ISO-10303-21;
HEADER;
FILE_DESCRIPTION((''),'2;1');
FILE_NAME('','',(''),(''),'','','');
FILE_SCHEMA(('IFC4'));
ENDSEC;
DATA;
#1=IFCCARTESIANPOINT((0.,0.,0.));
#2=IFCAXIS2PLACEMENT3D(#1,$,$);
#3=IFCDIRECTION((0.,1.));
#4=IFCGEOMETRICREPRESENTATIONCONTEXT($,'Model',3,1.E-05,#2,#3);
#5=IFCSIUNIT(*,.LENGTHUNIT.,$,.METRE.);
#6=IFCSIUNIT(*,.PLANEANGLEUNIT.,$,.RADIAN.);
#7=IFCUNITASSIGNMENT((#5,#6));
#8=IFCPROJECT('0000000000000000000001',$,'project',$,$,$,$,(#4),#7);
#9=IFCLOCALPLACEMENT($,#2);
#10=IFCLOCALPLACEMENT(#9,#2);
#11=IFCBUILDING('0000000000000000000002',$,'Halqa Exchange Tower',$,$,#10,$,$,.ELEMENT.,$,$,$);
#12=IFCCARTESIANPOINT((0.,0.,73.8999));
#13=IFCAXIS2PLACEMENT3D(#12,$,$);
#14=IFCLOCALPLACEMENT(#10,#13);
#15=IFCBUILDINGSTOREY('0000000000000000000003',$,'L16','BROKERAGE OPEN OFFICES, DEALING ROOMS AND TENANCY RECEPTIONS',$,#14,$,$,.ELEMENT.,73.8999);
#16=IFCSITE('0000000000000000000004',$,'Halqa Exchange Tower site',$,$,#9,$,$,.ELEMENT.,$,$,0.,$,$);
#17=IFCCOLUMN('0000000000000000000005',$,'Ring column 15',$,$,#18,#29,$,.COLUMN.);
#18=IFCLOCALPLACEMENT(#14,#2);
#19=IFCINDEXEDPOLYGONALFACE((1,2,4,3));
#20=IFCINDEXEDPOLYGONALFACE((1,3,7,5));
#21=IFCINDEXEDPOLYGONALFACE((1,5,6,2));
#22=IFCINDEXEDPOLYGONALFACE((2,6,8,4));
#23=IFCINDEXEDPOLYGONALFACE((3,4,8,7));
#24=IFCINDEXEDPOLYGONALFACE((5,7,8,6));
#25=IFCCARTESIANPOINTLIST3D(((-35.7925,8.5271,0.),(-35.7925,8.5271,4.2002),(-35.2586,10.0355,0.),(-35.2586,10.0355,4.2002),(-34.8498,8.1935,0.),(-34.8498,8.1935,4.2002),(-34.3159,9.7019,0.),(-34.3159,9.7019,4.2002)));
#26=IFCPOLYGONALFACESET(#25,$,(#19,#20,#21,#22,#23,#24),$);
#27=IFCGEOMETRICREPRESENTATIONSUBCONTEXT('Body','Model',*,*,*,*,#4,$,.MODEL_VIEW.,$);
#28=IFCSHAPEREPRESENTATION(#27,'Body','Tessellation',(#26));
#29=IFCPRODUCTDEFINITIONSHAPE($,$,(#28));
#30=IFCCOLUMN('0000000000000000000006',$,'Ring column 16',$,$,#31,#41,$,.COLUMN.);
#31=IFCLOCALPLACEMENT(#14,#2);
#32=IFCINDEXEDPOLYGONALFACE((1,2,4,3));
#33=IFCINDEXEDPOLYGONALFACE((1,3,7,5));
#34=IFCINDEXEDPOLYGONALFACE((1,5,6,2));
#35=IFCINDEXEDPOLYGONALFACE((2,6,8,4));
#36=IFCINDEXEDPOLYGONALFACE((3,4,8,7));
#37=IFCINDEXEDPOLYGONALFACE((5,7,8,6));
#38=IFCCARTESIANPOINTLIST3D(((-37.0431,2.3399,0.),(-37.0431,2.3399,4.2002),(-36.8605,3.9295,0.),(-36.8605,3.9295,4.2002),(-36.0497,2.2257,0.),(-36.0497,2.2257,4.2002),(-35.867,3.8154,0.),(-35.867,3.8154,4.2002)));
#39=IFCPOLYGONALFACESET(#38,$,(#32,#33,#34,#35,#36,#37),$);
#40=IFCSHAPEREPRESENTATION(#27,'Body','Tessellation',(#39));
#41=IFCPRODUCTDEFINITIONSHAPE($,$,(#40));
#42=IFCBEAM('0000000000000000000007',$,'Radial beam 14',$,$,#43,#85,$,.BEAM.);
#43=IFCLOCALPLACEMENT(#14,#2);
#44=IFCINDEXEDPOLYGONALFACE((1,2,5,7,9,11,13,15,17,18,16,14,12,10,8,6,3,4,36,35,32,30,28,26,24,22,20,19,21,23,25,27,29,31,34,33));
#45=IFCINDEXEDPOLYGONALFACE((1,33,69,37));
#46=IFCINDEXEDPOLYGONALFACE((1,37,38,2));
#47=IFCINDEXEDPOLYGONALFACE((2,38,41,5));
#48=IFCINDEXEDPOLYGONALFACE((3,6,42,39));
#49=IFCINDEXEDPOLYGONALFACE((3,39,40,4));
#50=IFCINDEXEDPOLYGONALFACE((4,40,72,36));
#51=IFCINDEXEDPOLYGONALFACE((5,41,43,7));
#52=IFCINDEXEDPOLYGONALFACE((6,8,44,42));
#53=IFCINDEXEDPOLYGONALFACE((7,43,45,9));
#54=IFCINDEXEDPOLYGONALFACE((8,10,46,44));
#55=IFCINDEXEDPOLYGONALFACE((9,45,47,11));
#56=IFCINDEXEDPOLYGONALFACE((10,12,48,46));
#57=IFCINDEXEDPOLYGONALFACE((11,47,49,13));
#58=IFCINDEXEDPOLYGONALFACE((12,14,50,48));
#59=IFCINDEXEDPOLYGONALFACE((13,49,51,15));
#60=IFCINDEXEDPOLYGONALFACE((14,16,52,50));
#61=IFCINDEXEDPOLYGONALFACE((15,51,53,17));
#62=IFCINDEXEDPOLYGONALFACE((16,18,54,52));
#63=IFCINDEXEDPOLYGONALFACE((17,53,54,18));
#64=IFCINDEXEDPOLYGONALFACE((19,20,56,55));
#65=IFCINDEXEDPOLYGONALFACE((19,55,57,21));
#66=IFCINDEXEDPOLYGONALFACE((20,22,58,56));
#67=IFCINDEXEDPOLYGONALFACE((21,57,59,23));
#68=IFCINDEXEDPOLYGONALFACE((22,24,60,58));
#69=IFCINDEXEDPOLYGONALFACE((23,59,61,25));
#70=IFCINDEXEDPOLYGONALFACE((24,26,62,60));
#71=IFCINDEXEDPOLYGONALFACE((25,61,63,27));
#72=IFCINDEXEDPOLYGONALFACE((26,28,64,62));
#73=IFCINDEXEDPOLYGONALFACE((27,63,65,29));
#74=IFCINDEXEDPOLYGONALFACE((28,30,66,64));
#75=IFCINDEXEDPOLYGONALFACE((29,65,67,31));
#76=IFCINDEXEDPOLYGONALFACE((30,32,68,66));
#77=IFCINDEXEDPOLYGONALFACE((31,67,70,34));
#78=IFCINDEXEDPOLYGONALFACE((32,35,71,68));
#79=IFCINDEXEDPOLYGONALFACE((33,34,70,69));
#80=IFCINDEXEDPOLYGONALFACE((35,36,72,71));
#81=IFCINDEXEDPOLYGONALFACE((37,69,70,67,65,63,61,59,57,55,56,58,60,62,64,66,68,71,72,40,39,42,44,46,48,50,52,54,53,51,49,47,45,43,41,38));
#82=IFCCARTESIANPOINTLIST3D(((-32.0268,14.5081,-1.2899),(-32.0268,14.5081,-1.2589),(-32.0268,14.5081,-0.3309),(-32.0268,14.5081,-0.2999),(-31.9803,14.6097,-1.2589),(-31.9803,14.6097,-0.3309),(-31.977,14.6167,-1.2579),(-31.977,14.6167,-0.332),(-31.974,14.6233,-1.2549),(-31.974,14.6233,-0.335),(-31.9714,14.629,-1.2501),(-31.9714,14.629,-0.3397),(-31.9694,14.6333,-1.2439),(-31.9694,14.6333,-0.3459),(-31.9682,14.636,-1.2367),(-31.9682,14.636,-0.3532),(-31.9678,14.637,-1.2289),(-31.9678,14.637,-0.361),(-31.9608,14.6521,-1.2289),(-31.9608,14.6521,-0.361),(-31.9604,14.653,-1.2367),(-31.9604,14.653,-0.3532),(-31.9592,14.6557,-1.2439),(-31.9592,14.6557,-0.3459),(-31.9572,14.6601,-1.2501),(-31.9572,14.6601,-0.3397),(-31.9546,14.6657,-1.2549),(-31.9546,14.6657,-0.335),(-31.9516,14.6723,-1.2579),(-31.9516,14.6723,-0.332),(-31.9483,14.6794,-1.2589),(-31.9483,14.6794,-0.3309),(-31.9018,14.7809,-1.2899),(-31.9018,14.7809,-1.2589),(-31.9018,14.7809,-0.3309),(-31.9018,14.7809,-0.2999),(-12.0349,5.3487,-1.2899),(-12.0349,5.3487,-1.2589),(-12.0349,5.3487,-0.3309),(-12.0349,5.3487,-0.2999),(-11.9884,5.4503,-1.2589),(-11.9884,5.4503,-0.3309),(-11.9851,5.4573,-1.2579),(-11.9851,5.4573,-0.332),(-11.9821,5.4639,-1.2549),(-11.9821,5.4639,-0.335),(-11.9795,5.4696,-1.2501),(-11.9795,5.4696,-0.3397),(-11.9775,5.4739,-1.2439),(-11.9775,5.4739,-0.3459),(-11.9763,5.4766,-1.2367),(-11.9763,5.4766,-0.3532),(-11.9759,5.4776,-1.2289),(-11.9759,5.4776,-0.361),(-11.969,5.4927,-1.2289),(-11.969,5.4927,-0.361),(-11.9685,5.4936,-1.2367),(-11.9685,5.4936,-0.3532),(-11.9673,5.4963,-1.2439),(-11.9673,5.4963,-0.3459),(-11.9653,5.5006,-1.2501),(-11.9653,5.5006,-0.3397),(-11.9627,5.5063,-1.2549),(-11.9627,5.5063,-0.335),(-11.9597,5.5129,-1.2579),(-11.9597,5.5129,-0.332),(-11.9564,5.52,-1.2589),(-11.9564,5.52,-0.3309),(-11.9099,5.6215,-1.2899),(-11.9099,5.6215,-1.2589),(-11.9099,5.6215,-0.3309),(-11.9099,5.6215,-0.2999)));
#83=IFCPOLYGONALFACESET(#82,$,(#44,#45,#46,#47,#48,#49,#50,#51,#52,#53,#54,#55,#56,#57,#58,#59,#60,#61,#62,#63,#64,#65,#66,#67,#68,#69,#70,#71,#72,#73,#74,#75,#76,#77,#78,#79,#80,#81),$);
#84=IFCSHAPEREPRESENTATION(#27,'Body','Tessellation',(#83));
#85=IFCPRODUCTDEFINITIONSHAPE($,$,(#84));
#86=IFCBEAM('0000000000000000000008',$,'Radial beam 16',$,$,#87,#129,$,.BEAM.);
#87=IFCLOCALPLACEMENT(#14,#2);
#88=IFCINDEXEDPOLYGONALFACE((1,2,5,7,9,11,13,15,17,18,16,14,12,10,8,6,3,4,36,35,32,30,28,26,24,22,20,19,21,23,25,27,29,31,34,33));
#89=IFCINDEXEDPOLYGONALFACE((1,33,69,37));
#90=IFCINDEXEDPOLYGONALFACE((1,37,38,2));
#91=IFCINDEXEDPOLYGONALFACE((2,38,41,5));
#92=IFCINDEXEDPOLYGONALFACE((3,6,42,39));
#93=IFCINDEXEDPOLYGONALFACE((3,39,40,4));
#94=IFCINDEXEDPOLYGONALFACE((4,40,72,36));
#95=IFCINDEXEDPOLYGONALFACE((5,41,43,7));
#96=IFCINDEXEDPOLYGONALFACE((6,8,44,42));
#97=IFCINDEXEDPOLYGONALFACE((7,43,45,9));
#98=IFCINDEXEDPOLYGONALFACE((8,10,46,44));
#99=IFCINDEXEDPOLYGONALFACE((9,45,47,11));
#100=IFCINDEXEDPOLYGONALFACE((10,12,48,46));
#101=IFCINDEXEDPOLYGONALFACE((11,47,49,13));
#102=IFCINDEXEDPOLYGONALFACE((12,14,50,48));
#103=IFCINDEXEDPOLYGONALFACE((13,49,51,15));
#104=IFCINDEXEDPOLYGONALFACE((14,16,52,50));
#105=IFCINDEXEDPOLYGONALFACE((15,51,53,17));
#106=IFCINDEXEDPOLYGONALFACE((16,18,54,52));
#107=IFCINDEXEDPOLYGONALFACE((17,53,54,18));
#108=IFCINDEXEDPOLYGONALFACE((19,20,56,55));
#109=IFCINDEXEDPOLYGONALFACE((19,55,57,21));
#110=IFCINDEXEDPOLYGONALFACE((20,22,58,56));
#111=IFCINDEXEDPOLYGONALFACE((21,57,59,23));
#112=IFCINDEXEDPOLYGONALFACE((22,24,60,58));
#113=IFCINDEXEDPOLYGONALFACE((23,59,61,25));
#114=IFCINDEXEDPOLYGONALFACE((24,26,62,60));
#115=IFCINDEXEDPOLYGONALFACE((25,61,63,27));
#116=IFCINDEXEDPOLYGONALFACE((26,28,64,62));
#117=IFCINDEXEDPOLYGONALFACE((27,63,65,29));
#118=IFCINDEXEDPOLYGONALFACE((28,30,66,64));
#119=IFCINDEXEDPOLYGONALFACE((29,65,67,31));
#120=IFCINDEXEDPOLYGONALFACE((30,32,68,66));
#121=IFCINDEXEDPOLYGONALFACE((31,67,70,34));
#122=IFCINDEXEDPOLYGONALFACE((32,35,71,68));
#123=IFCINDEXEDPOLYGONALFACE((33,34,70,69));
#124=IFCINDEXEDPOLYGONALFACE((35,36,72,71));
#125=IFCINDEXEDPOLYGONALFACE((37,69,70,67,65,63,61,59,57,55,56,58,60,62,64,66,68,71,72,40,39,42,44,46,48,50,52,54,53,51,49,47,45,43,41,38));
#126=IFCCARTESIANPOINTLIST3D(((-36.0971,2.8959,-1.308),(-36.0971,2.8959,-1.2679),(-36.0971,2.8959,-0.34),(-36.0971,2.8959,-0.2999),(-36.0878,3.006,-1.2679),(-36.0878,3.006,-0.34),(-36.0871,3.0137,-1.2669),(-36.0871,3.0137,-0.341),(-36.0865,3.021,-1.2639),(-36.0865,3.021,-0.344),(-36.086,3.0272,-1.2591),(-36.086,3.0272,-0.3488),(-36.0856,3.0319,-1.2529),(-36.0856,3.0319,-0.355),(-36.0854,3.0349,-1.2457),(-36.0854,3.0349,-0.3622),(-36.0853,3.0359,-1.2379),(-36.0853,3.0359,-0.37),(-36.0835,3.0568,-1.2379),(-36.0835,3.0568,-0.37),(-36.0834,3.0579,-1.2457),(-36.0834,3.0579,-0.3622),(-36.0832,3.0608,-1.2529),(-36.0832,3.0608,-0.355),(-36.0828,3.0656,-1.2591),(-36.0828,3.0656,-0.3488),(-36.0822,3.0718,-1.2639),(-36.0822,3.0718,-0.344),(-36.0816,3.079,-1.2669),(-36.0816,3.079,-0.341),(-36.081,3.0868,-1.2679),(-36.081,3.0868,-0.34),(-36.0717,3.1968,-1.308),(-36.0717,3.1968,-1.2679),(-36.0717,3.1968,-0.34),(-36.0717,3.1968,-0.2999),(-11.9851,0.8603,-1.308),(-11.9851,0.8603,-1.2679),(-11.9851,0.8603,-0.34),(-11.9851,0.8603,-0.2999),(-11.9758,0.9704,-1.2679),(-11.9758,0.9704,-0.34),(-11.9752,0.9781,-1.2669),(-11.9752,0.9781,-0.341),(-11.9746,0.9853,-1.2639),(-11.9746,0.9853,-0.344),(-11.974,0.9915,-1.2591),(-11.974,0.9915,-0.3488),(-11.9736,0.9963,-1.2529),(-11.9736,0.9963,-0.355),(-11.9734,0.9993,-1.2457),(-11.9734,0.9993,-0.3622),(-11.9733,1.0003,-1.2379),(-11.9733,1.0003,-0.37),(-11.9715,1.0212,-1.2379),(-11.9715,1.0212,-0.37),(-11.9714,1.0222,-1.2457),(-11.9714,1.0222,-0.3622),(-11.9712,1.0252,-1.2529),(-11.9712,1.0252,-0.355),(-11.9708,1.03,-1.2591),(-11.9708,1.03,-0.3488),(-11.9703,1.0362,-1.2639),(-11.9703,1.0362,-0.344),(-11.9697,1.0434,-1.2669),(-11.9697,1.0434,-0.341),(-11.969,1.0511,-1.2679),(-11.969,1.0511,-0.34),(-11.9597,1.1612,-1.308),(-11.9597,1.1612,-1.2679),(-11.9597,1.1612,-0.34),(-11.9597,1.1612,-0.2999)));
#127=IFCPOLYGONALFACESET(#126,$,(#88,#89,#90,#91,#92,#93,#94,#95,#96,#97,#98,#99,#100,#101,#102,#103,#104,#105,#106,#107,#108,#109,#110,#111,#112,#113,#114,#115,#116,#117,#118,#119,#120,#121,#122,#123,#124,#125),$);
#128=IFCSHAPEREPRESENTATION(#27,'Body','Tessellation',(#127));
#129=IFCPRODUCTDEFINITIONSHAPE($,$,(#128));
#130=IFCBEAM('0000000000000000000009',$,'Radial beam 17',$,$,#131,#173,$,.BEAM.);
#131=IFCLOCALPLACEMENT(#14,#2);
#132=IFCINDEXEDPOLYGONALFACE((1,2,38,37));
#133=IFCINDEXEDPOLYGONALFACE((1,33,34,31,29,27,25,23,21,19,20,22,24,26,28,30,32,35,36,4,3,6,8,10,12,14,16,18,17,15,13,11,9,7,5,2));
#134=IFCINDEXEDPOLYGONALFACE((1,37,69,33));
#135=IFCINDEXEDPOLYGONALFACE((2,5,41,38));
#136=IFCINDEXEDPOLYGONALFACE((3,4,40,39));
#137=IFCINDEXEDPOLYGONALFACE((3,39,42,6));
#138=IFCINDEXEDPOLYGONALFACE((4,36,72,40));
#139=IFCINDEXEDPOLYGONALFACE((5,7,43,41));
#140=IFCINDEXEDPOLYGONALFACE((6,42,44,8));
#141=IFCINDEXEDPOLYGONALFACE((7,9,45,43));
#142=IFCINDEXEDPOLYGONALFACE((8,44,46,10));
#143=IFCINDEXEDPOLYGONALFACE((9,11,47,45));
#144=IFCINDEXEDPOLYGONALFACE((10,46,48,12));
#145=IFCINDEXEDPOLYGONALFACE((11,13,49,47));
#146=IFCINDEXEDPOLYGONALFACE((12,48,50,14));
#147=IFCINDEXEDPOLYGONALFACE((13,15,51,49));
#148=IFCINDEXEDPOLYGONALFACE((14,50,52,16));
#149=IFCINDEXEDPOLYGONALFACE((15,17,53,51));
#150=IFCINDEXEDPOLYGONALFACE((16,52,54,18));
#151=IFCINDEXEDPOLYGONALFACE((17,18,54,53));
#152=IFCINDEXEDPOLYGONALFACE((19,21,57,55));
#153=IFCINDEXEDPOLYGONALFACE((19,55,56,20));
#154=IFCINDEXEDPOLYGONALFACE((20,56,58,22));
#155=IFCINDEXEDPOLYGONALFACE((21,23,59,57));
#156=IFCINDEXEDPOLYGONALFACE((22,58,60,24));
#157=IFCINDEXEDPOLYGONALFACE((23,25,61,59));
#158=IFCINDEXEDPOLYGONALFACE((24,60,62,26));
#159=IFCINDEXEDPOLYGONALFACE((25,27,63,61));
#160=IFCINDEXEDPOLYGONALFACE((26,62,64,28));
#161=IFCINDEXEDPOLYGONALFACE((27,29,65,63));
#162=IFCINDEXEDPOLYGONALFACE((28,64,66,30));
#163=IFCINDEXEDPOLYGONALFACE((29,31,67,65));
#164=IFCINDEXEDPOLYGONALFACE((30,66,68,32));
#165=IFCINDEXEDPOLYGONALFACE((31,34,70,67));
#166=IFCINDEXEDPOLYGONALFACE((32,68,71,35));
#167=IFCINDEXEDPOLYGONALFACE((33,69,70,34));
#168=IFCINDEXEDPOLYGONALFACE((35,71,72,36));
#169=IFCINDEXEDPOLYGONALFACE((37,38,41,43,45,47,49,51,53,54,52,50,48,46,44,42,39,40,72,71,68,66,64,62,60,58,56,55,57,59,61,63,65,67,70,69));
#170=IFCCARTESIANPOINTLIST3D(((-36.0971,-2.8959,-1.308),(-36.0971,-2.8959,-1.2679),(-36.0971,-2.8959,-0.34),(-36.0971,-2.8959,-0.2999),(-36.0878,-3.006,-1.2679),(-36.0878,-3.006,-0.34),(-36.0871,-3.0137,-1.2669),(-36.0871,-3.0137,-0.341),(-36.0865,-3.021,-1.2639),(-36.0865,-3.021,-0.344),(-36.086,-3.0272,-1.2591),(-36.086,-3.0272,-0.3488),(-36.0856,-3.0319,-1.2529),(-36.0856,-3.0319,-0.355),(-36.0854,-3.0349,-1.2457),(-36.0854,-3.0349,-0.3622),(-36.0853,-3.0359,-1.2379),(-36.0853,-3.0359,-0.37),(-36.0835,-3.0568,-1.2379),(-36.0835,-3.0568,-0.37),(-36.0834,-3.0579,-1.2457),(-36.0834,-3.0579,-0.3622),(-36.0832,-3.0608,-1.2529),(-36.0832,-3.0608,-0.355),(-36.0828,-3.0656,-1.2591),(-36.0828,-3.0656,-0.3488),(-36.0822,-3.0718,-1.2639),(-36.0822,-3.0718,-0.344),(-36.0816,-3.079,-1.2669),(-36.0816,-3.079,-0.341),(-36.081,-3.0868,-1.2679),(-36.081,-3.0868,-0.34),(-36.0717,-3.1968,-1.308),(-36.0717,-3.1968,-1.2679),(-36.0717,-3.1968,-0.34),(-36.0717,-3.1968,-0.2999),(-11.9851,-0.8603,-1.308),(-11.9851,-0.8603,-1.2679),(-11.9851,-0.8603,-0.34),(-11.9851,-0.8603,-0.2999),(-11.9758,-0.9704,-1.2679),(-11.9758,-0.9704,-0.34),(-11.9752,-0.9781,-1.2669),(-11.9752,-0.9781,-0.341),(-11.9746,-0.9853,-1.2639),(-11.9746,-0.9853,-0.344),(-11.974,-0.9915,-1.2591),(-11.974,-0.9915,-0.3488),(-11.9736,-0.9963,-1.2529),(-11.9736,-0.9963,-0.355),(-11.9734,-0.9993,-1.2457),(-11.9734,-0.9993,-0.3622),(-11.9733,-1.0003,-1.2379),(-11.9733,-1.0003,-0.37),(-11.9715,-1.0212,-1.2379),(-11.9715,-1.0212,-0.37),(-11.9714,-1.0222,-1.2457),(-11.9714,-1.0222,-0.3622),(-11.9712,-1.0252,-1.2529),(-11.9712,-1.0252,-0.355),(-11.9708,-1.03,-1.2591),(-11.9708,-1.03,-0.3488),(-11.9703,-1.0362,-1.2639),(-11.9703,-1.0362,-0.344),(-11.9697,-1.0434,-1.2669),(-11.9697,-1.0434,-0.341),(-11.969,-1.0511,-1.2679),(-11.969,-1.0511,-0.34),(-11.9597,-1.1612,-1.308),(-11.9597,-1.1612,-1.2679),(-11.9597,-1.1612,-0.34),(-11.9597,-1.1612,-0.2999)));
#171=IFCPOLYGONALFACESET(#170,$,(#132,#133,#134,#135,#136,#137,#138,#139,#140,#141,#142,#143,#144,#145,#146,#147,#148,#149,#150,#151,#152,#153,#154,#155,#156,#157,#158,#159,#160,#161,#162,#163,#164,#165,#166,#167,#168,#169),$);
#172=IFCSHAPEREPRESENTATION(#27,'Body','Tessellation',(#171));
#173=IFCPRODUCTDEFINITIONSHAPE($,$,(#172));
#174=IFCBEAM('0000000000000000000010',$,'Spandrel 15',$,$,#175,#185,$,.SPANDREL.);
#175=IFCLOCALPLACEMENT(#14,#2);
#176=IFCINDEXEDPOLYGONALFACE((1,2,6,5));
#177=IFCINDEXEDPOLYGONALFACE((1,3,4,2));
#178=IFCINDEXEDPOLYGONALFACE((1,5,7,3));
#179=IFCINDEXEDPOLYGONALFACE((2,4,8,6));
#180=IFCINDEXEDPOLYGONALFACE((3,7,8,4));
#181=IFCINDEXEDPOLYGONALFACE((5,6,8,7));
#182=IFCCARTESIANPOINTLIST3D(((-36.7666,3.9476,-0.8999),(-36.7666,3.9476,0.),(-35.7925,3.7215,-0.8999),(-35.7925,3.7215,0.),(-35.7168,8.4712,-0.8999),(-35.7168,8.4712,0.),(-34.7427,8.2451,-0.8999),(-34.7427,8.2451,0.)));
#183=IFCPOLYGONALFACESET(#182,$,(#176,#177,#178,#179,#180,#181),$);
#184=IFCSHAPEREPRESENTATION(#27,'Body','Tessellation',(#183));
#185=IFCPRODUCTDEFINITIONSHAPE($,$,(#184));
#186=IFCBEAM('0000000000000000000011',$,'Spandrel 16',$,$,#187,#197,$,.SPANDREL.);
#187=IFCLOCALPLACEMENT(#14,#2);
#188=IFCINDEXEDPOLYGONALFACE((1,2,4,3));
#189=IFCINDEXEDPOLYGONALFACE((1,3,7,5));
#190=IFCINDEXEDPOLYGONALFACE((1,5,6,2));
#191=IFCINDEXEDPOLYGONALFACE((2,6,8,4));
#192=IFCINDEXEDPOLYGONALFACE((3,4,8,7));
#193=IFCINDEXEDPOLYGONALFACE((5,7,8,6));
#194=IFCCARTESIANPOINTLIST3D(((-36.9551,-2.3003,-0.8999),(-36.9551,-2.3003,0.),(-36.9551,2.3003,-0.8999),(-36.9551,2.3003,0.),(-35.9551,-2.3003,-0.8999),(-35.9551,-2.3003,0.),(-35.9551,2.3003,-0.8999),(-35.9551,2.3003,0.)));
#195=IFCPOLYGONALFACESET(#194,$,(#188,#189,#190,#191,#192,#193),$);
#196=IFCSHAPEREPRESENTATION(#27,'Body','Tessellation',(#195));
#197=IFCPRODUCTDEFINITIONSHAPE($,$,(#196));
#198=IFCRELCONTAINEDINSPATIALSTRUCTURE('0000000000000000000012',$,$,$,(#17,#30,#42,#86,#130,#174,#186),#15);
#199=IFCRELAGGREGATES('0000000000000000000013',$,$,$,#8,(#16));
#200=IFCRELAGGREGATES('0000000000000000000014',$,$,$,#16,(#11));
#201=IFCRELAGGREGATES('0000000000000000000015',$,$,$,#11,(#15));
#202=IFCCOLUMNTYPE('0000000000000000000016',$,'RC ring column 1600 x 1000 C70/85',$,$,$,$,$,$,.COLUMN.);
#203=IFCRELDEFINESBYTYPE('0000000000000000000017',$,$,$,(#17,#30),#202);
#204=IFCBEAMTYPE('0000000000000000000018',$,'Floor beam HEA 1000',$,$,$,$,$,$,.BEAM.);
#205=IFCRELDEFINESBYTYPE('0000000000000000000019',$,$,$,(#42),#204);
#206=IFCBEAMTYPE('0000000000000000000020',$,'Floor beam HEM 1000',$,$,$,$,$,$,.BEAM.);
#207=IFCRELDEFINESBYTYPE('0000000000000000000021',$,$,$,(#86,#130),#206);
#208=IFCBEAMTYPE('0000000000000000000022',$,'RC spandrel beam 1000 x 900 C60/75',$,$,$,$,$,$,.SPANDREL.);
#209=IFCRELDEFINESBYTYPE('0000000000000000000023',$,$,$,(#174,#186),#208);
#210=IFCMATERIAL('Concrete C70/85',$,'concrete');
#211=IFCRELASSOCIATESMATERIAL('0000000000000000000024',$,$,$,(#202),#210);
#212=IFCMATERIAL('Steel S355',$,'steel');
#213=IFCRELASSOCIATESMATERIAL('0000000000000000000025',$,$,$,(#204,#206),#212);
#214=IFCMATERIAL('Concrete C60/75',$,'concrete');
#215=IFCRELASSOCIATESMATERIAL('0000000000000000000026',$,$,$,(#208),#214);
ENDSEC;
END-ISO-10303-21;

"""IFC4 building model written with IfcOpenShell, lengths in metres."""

from ifc_helpers import new_model, si_unit, direction, frame, origin, origin_2d, place, context, subcontext, project, spatial, rectangle, i_section, extrude, material, material_profile, profile_set, type_object, element, save


model = new_model("IFC4")

# Units and contexts
model_context = context("Model", 3, precision=1e-05, world=origin(), true_north=direction((0.0, 1.0)))
body_context = subcontext(model_context, "Body", "Model", "MODEL_VIEW")
ifc_project = project(units=[si_unit("LENGTHUNIT", "METRE"), si_unit("PLANEANGLEUNIT", "RADIAN")], contexts=[model_context])

# Site, building, storey
site_placement = place(None, origin())
site = spatial("IfcSite", under=ifc_project, at=site_placement, Name="Halqa Exchange Tower site", CompositionType="ELEMENT", RefElevation=0.0)
building_placement = place(site_placement, origin())
building = spatial("IfcBuilding", under=site, at=building_placement, Name="Halqa Exchange Tower", CompositionType="ELEMENT")
storey_placement = place(building_placement, frame((0.0, 0.0, 73.8999)))
storey = spatial("IfcBuildingStorey", under=building, at=storey_placement, Name="L16", Description="BROKERAGE OPEN OFFICES, DEALING ROOMS AND TENANCY RECEPTIONS", CompositionType="ELEMENT", Elevation=73.8999)

# Columns
ifc_material_1 = material(Name="Concrete C70/85", Category="concrete")
ifc_material_profile_1 = material_profile(ifc_material_1, rectangle(XDim=1.6001, YDim=1.0, at=origin_2d()), Name="1600 x 1000")
ifc_profile_set_1 = profile_set([ifc_material_profile_1], Name="Concrete C70/85")
column_type = type_object("IfcColumnType", Name="RC ring column 1600 x 1000 C70/85", PredefinedType="COLUMN", material=ifc_profile_set_1)
for number, where, z_axis, x_axis, name in (
    (1, (-35.0542, 9.1145, 0.0), (0.0, 0.0, 1.0), (-0.333624, -0.942706, 0.0), "Ring column 15"),
    (2, (-36.4551, 3.0776, 0.0), (0.0, 0.0, 1.0), (-0.114152, -0.993463, 0.0), "Ring column 16"),
):
    element("IfcColumn", number, at=place(storey_placement, frame(where, z_axis=z_axis, x_axis=x_axis)), inside=storey, type_object=column_type, Name=name, PredefinedType="COLUMN", context=body_context, shape_type="SweptSolid", body=[
        extrude(rectangle(XDim=1.6001, YDim=1.0, at=origin_2d()), origin(), (0.0, 0.0, 1.0), 4.2002),
    ])

# Beams
ifc_material_2 = material(Name="Steel S355", Category="steel")
ifc_material_profile_2 = material_profile(ifc_material_2, i_section(OverallWidth=0.3, OverallDepth=0.99, WebThickness=0.0166, FlangeThickness=0.031, FilletRadius=0.03, at=origin_2d()), Name="HEA 1000")
ifc_profile_set_2 = profile_set([ifc_material_profile_2], Name="Steel S355")
beam_type_1 = type_object("IfcBeamType", Name="Floor beam HEA 1000", PredefinedType="BEAM", material=ifc_profile_set_2)
beam_1_placement = place(storey_placement, frame((-11.9724, 5.4851, -0.7949), z_axis=(-0.909126, 0.416521, 0.0), x_axis=(-0.416521, -0.909126, 0.0)))
element("IfcBeam", 3, at=beam_1_placement, inside=storey, type_object=beam_type_1, Name="Radial beam 14", PredefinedType="BEAM", context=body_context, shape_type="SweptSolid", body=[
    extrude(i_section(OverallWidth=0.3, OverallDepth=0.99, WebThickness=0.0166, FlangeThickness=0.031, FilletRadius=0.03, at=origin_2d()), origin(), (0.0, 0.0, 1.0), 21.9902),
])
ifc_material_profile_3 = material_profile(ifc_material_2, i_section(OverallWidth=0.302, OverallDepth=1.0081, WebThickness=0.021, FlangeThickness=0.04, FilletRadius=0.03, at=origin_2d()), Name="HEM 1000")
ifc_profile_set_3 = profile_set([ifc_material_profile_3], Name="Steel S355")
beam_type_2 = type_object("IfcBeamType", Name="Floor beam HEM 1000", PredefinedType="BEAM", material=ifc_profile_set_3)
for number, where, z_axis, x_axis, name in (
    (4, (-11.9724, 1.0107, -0.804), (-0.996455, 0.084125, 0.0), (-0.084125, -0.996455, 0.0), "Radial beam 16"),
    (5, (-11.9724, -1.0107, -0.804), (-0.996455, -0.084125, 0.0), (0.084125, -0.996455, 0.0), "Radial beam 17"),
):
    element("IfcBeam", number, at=place(storey_placement, frame(where, z_axis=z_axis, x_axis=x_axis)), inside=storey, type_object=beam_type_2, Name=name, PredefinedType="BEAM", context=body_context, shape_type="SweptSolid", body=[
        extrude(i_section(OverallWidth=0.302, OverallDepth=1.0081, WebThickness=0.021, FlangeThickness=0.04, FilletRadius=0.03, at=origin_2d()), origin(), (0.0, 0.0, 1.0), 24.1978),
    ])
ifc_material_3 = material(Name="Concrete C60/75", Category="concrete")
ifc_material_profile_4 = material_profile(ifc_material_3, rectangle(XDim=1.0, YDim=0.8999, at=origin_2d()), Name="1000 x 900")
ifc_profile_set_4 = profile_set([ifc_material_profile_4], Name="Concrete C60/75")
beam_type_3 = type_object("IfcBeamType", Name="RC spandrel beam 1000 x 900 C60/75", PredefinedType="SPANDREL", material=ifc_profile_set_4)
beam_2_placement = place(storey_placement, frame((-35.2297, 8.3582, -0.45), z_axis=(-0.226061, -0.974113, 0.0), x_axis=(0.974113, -0.226061, 0.0)))
element("IfcBeam", 6, at=beam_2_placement, inside=storey, type_object=beam_type_3, Name="Spandrel 15", PredefinedType="SPANDREL", context=body_context, shape_type="SweptSolid", body=[
    extrude(rectangle(XDim=1.0, YDim=0.8999, at=origin_2d()), origin(), (0.0, 0.0, 1.0), 4.6438),
])
beam_3_placement = place(storey_placement, frame((-36.4551, 2.3003, -0.45), z_axis=(0.0, -1.0, 0.0), x_axis=(1.0, 0.0, 0.0)))
element("IfcBeam", 7, at=beam_3_placement, inside=storey, type_object=beam_type_3, Name="Spandrel 16", PredefinedType="SPANDREL", context=body_context, shape_type="SweptSolid", body=[
    extrude(rectangle(XDim=1.0, YDim=0.8999, at=origin_2d()), origin(), (0.0, 0.0, 1.0), 4.6006),
])

save(model, "model.ifc")
